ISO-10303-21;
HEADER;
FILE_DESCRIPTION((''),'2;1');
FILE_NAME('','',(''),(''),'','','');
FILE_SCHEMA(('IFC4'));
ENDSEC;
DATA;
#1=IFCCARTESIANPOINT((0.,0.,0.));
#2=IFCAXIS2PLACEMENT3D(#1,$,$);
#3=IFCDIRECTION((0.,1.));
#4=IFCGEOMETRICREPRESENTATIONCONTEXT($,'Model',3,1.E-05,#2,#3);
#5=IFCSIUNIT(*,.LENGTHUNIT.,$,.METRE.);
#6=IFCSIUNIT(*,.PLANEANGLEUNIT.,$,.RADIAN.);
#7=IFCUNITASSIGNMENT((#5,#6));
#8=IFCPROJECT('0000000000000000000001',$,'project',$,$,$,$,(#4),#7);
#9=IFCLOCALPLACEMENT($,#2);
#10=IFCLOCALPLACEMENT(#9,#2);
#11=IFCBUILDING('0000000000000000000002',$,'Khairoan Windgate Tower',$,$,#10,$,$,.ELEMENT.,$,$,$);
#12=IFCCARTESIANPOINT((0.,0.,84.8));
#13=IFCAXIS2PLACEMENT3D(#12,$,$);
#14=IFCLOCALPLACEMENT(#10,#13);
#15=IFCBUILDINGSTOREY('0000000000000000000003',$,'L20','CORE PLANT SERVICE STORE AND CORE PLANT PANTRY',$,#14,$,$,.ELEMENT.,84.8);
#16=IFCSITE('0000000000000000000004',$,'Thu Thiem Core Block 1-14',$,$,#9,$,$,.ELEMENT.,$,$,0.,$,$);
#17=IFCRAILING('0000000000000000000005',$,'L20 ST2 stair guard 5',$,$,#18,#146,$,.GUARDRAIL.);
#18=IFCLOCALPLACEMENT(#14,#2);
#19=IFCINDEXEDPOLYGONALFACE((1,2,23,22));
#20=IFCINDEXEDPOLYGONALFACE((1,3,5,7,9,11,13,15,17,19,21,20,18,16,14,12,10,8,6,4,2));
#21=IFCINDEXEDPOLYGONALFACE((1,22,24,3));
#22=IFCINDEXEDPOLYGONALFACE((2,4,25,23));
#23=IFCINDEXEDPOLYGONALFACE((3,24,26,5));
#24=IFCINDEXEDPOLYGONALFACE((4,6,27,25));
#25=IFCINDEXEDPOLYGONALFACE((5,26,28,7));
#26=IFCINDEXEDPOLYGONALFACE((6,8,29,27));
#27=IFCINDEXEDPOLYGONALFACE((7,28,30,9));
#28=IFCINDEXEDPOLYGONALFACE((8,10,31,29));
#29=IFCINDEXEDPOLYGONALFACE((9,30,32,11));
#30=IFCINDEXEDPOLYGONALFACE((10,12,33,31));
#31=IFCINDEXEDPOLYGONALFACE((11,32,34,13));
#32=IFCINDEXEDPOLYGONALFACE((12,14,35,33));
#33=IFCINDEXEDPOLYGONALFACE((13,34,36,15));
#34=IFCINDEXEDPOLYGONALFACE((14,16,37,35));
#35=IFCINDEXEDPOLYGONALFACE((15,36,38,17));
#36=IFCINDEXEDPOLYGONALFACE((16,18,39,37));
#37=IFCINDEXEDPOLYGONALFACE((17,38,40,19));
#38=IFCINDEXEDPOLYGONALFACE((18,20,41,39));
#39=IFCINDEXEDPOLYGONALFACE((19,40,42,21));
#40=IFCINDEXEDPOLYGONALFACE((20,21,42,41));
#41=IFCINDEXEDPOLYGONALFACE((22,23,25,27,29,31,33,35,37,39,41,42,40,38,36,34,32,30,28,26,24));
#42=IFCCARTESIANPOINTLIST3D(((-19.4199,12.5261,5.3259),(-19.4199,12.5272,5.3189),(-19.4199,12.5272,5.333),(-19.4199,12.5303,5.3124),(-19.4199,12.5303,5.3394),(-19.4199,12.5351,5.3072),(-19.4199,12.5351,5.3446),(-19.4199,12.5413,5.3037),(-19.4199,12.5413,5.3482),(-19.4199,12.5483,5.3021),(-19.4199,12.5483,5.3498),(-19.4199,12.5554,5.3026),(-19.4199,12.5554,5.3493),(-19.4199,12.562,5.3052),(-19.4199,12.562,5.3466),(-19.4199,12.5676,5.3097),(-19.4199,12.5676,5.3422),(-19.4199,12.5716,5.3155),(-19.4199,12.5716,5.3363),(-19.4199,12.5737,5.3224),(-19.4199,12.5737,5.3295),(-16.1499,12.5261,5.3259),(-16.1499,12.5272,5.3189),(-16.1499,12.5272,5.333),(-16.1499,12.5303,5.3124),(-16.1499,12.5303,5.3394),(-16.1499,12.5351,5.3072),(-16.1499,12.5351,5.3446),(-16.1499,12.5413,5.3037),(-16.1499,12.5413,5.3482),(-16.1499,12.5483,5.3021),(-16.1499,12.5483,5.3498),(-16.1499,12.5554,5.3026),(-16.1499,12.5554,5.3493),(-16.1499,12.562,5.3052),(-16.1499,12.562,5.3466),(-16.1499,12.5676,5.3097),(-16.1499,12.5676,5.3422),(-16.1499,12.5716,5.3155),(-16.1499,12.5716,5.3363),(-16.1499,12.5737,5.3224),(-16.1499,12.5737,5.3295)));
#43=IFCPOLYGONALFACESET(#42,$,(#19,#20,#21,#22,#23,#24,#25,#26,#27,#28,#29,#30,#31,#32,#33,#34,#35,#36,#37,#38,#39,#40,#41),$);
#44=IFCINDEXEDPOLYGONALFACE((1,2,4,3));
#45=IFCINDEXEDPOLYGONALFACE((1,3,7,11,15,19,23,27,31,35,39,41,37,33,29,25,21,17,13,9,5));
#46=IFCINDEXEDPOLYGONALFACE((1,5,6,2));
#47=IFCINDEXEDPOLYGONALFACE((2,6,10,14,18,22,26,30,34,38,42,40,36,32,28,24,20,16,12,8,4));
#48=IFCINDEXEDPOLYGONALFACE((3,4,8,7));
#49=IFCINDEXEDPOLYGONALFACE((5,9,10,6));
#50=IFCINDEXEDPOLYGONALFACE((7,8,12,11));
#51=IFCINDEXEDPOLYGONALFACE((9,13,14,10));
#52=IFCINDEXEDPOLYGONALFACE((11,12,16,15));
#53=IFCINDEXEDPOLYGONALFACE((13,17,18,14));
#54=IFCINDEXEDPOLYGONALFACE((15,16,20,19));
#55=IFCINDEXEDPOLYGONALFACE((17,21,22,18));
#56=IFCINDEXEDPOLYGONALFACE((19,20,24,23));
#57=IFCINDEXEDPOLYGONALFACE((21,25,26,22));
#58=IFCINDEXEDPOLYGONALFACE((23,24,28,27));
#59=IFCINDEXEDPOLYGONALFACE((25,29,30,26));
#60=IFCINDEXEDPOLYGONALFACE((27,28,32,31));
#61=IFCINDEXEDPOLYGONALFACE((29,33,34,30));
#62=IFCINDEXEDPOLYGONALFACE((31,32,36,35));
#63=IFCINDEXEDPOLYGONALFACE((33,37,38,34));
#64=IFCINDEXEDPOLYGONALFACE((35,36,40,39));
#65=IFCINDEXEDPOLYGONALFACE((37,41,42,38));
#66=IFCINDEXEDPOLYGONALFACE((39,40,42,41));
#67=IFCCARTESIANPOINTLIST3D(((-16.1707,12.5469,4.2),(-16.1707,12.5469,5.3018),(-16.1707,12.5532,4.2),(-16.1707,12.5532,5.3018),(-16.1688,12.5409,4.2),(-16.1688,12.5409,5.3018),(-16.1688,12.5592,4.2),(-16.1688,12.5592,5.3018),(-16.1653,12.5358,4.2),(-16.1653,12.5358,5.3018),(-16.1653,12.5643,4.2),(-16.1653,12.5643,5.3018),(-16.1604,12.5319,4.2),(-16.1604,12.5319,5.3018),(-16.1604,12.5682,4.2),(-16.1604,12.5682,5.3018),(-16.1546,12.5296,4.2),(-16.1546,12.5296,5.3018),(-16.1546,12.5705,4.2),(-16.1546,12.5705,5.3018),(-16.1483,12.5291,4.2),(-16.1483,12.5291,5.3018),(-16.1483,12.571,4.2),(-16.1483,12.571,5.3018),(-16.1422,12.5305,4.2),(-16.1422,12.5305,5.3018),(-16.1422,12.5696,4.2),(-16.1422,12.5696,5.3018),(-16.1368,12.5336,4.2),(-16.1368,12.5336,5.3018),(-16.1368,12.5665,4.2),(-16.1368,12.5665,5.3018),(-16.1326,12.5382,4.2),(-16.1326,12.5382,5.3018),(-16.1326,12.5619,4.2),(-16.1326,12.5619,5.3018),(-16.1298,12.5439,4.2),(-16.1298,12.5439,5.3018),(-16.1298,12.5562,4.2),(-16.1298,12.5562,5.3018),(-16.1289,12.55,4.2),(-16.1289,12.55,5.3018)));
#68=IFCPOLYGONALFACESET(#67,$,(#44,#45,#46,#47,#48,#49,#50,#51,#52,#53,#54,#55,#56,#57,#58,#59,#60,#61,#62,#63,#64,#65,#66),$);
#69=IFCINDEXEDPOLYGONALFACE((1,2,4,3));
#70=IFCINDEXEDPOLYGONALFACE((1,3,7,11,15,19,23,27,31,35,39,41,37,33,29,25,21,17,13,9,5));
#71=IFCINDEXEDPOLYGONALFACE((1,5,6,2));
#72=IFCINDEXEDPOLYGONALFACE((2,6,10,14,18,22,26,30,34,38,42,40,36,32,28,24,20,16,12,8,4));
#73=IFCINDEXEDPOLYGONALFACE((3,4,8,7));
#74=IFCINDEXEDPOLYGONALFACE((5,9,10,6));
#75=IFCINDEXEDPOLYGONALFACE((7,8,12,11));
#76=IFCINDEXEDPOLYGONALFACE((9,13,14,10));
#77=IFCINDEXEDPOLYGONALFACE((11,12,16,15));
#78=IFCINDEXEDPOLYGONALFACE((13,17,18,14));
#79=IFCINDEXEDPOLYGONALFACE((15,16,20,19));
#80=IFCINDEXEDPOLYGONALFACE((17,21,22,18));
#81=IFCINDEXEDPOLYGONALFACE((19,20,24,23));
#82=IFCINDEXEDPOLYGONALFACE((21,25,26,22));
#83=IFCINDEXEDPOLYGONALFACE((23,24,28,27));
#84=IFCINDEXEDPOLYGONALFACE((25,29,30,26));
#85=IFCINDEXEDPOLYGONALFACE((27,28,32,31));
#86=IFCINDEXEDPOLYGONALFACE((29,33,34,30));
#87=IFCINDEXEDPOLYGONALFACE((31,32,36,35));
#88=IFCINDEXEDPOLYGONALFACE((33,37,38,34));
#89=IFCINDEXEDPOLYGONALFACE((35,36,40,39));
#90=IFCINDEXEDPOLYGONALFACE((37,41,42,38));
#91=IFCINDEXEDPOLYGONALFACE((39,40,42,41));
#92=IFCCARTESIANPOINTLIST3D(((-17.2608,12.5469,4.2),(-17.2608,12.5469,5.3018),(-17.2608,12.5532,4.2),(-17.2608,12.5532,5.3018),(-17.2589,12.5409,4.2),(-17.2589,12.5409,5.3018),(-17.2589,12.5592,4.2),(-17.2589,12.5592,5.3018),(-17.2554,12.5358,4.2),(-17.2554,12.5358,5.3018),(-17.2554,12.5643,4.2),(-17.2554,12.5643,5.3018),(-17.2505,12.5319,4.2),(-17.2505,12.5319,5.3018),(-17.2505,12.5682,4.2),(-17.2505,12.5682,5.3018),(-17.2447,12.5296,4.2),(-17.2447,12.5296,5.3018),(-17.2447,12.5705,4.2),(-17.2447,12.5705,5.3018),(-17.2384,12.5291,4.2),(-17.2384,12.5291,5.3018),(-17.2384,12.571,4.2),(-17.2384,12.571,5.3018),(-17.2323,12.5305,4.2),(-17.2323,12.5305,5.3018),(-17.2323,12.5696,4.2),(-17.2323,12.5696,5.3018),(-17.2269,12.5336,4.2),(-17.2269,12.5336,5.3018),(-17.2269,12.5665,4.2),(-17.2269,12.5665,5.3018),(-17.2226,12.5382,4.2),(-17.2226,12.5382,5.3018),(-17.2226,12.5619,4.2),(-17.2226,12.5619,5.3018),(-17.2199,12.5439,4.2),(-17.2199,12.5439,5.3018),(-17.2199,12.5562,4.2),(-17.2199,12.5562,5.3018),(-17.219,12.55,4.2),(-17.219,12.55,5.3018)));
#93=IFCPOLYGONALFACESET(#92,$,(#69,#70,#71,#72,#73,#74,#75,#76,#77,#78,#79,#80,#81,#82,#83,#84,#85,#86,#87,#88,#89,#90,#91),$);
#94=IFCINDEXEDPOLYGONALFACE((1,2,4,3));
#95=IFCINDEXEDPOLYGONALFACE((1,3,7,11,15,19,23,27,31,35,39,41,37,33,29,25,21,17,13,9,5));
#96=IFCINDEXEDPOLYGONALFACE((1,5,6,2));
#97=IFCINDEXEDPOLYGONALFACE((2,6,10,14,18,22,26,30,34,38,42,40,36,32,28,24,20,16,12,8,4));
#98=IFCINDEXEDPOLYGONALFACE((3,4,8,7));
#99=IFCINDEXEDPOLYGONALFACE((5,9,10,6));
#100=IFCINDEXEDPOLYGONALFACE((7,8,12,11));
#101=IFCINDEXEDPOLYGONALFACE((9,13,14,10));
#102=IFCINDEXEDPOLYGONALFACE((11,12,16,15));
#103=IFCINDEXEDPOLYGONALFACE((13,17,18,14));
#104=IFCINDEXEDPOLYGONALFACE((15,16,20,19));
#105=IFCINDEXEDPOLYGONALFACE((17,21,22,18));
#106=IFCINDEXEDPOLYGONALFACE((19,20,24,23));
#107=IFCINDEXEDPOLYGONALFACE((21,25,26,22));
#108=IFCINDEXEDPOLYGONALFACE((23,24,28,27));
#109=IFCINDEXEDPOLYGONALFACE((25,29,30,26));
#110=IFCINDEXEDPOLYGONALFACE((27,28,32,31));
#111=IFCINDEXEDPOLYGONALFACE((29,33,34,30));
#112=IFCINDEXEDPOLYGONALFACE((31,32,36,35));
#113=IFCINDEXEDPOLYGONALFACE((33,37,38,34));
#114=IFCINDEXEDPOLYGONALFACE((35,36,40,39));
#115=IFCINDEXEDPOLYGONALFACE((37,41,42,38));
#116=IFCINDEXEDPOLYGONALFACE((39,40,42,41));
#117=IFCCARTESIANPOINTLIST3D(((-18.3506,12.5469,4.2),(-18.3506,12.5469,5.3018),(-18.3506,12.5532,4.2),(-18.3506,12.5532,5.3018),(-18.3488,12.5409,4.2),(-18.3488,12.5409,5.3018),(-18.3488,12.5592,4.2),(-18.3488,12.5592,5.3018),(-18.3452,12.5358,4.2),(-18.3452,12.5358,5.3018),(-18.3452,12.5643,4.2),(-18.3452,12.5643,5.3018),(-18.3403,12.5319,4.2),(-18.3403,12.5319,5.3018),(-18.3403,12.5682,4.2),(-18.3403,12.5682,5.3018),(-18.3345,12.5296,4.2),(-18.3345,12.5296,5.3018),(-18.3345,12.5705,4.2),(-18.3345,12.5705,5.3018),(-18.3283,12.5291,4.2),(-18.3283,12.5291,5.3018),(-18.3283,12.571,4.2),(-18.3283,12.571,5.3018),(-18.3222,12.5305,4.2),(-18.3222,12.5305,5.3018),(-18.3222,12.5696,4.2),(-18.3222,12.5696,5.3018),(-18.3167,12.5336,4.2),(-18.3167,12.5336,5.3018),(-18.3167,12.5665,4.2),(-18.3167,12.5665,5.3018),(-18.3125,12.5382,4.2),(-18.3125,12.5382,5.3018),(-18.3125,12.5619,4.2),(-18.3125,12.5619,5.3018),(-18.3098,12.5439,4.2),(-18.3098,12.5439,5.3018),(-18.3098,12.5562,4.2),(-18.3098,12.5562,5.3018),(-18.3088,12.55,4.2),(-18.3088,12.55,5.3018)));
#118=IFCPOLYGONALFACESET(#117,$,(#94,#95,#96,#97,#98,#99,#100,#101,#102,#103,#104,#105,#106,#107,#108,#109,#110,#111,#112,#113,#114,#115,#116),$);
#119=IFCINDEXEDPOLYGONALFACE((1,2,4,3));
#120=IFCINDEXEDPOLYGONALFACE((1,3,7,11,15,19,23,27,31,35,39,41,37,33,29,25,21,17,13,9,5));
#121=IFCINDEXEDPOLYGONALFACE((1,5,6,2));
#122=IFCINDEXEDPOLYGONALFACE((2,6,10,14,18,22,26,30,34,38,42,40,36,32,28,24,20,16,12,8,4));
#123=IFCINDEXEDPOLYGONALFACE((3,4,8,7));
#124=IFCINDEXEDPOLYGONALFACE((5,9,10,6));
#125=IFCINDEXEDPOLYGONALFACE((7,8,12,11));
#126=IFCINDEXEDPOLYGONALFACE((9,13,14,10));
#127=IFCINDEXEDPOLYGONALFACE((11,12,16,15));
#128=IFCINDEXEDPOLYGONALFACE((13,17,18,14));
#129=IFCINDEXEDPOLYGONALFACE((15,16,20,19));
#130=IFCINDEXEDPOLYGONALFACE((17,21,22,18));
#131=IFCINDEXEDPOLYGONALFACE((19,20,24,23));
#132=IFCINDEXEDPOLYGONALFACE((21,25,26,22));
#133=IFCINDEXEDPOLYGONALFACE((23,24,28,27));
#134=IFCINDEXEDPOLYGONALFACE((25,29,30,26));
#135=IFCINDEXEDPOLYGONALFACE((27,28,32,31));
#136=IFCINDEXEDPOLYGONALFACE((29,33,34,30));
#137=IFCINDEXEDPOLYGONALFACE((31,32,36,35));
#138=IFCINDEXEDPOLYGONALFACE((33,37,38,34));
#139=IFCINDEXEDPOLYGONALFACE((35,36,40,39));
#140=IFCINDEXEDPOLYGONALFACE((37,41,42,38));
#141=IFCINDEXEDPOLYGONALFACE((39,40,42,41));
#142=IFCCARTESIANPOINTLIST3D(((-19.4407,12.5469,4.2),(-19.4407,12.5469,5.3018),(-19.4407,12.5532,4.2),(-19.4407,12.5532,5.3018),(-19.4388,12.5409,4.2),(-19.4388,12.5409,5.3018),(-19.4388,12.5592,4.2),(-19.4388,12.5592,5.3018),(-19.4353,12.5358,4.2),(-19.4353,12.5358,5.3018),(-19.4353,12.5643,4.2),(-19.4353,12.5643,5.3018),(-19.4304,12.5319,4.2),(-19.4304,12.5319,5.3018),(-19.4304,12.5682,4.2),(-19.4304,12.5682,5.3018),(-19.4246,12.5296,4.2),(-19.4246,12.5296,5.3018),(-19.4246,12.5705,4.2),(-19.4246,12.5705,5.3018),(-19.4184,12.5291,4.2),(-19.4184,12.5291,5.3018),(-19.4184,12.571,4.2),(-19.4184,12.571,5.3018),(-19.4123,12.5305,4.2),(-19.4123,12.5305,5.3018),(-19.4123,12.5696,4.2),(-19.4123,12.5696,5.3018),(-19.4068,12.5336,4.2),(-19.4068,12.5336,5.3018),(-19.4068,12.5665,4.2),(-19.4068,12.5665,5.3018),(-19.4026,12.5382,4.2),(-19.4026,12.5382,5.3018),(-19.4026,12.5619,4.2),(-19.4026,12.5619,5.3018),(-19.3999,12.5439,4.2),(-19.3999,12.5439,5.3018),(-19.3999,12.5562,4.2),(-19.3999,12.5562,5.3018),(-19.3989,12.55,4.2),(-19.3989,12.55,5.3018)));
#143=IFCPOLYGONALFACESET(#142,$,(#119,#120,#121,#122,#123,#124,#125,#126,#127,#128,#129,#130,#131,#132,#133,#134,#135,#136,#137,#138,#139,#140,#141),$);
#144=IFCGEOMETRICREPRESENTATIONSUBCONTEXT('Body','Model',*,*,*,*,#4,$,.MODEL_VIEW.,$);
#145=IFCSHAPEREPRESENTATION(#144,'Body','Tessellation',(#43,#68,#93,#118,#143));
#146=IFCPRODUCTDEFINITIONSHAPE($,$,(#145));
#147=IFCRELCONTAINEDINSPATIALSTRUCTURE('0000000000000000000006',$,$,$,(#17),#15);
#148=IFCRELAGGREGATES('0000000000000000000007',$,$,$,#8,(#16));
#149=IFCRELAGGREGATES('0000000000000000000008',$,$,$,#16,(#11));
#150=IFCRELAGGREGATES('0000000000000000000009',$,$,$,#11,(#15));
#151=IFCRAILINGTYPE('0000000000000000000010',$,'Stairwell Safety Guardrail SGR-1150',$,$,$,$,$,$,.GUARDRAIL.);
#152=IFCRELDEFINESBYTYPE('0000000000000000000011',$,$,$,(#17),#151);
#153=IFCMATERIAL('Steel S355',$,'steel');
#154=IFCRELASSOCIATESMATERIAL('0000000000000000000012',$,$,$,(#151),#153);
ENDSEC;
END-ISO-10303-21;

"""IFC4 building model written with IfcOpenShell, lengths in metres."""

from ifc_helpers import new_model, si_unit, direction, frame, origin, origin_2d, place, context, subcontext, project, spatial, circle, extrude, material, type_object, element, save


model = new_model("IFC4")

# Units and contexts
model_context = context("Model", 3, precision=1e-05, world=origin(), true_north=direction((0.0, 1.0)))
body_context = subcontext(model_context, "Body", "Model", "MODEL_VIEW")
ifc_project = project(units=[si_unit("LENGTHUNIT", "METRE"), si_unit("PLANEANGLEUNIT", "RADIAN")], contexts=[model_context])

# Site, building, storey
site_placement = place(None, origin())
site = spatial("IfcSite", under=ifc_project, at=site_placement, Name="Thu Thiem Core Block 1-14", CompositionType="ELEMENT", RefElevation=0.0)
building_placement = place(site_placement, origin())
building = spatial("IfcBuilding", under=site, at=building_placement, Name="Khairoan Windgate Tower", CompositionType="ELEMENT")
storey_placement = place(building_placement, frame((0.0, 0.0, 84.8)))
storey = spatial("IfcBuildingStorey", under=building, at=storey_placement, Name="L20", Description="CORE PLANT SERVICE STORE AND CORE PLANT PANTRY", CompositionType="ELEMENT", Elevation=84.8)

# Railing
ifc_material_1 = material(Name="Steel S355", Category="steel")
railing_type_1 = type_object("IfcRailingType", Name="Stairwell Safety Guardrail SGR-1150", PredefinedType="GUARDRAIL", material=ifc_material_1)
railing_1_placement = place(storey_placement, frame((-16.1499, 12.55, 4.2)))
element("IfcRailing", 1, at=railing_1_placement, inside=storey, type_object=railing_type_1, Name="L20 ST2 stair guard 5", PredefinedType="GUARDRAIL", context=body_context, shape_type="SweptSolid", body=[
    extrude(circle(Radius=0.0239, at=origin_2d()), frame((0.0, 0.0, 1.126), z_axis=(-1.0, 0.0, 0.0), x_axis=(0.0, -1.0, 0.0)), (0.0, 0.0, 1.0), 3.27),
    extrude(circle(Radius=0.021, at=origin_2d()), origin(), (0.0, 0.0, 1.0), 1.1018),
    extrude(circle(Radius=0.021, at=origin_2d()), frame((-1.0901, 0.0, 0.0)), (0.0, 0.0, 1.0), 1.1018),
    extrude(circle(Radius=0.021, at=origin_2d()), frame((-2.1799, 0.0, 0.0)), (0.0, 0.0, 1.0), 1.1018),
    extrude(circle(Radius=0.021, at=origin_2d()), frame((-3.27, 0.0, 0.0)), (0.0, 0.0, 1.0), 1.1018),
])

save(model, "model.ifc")
